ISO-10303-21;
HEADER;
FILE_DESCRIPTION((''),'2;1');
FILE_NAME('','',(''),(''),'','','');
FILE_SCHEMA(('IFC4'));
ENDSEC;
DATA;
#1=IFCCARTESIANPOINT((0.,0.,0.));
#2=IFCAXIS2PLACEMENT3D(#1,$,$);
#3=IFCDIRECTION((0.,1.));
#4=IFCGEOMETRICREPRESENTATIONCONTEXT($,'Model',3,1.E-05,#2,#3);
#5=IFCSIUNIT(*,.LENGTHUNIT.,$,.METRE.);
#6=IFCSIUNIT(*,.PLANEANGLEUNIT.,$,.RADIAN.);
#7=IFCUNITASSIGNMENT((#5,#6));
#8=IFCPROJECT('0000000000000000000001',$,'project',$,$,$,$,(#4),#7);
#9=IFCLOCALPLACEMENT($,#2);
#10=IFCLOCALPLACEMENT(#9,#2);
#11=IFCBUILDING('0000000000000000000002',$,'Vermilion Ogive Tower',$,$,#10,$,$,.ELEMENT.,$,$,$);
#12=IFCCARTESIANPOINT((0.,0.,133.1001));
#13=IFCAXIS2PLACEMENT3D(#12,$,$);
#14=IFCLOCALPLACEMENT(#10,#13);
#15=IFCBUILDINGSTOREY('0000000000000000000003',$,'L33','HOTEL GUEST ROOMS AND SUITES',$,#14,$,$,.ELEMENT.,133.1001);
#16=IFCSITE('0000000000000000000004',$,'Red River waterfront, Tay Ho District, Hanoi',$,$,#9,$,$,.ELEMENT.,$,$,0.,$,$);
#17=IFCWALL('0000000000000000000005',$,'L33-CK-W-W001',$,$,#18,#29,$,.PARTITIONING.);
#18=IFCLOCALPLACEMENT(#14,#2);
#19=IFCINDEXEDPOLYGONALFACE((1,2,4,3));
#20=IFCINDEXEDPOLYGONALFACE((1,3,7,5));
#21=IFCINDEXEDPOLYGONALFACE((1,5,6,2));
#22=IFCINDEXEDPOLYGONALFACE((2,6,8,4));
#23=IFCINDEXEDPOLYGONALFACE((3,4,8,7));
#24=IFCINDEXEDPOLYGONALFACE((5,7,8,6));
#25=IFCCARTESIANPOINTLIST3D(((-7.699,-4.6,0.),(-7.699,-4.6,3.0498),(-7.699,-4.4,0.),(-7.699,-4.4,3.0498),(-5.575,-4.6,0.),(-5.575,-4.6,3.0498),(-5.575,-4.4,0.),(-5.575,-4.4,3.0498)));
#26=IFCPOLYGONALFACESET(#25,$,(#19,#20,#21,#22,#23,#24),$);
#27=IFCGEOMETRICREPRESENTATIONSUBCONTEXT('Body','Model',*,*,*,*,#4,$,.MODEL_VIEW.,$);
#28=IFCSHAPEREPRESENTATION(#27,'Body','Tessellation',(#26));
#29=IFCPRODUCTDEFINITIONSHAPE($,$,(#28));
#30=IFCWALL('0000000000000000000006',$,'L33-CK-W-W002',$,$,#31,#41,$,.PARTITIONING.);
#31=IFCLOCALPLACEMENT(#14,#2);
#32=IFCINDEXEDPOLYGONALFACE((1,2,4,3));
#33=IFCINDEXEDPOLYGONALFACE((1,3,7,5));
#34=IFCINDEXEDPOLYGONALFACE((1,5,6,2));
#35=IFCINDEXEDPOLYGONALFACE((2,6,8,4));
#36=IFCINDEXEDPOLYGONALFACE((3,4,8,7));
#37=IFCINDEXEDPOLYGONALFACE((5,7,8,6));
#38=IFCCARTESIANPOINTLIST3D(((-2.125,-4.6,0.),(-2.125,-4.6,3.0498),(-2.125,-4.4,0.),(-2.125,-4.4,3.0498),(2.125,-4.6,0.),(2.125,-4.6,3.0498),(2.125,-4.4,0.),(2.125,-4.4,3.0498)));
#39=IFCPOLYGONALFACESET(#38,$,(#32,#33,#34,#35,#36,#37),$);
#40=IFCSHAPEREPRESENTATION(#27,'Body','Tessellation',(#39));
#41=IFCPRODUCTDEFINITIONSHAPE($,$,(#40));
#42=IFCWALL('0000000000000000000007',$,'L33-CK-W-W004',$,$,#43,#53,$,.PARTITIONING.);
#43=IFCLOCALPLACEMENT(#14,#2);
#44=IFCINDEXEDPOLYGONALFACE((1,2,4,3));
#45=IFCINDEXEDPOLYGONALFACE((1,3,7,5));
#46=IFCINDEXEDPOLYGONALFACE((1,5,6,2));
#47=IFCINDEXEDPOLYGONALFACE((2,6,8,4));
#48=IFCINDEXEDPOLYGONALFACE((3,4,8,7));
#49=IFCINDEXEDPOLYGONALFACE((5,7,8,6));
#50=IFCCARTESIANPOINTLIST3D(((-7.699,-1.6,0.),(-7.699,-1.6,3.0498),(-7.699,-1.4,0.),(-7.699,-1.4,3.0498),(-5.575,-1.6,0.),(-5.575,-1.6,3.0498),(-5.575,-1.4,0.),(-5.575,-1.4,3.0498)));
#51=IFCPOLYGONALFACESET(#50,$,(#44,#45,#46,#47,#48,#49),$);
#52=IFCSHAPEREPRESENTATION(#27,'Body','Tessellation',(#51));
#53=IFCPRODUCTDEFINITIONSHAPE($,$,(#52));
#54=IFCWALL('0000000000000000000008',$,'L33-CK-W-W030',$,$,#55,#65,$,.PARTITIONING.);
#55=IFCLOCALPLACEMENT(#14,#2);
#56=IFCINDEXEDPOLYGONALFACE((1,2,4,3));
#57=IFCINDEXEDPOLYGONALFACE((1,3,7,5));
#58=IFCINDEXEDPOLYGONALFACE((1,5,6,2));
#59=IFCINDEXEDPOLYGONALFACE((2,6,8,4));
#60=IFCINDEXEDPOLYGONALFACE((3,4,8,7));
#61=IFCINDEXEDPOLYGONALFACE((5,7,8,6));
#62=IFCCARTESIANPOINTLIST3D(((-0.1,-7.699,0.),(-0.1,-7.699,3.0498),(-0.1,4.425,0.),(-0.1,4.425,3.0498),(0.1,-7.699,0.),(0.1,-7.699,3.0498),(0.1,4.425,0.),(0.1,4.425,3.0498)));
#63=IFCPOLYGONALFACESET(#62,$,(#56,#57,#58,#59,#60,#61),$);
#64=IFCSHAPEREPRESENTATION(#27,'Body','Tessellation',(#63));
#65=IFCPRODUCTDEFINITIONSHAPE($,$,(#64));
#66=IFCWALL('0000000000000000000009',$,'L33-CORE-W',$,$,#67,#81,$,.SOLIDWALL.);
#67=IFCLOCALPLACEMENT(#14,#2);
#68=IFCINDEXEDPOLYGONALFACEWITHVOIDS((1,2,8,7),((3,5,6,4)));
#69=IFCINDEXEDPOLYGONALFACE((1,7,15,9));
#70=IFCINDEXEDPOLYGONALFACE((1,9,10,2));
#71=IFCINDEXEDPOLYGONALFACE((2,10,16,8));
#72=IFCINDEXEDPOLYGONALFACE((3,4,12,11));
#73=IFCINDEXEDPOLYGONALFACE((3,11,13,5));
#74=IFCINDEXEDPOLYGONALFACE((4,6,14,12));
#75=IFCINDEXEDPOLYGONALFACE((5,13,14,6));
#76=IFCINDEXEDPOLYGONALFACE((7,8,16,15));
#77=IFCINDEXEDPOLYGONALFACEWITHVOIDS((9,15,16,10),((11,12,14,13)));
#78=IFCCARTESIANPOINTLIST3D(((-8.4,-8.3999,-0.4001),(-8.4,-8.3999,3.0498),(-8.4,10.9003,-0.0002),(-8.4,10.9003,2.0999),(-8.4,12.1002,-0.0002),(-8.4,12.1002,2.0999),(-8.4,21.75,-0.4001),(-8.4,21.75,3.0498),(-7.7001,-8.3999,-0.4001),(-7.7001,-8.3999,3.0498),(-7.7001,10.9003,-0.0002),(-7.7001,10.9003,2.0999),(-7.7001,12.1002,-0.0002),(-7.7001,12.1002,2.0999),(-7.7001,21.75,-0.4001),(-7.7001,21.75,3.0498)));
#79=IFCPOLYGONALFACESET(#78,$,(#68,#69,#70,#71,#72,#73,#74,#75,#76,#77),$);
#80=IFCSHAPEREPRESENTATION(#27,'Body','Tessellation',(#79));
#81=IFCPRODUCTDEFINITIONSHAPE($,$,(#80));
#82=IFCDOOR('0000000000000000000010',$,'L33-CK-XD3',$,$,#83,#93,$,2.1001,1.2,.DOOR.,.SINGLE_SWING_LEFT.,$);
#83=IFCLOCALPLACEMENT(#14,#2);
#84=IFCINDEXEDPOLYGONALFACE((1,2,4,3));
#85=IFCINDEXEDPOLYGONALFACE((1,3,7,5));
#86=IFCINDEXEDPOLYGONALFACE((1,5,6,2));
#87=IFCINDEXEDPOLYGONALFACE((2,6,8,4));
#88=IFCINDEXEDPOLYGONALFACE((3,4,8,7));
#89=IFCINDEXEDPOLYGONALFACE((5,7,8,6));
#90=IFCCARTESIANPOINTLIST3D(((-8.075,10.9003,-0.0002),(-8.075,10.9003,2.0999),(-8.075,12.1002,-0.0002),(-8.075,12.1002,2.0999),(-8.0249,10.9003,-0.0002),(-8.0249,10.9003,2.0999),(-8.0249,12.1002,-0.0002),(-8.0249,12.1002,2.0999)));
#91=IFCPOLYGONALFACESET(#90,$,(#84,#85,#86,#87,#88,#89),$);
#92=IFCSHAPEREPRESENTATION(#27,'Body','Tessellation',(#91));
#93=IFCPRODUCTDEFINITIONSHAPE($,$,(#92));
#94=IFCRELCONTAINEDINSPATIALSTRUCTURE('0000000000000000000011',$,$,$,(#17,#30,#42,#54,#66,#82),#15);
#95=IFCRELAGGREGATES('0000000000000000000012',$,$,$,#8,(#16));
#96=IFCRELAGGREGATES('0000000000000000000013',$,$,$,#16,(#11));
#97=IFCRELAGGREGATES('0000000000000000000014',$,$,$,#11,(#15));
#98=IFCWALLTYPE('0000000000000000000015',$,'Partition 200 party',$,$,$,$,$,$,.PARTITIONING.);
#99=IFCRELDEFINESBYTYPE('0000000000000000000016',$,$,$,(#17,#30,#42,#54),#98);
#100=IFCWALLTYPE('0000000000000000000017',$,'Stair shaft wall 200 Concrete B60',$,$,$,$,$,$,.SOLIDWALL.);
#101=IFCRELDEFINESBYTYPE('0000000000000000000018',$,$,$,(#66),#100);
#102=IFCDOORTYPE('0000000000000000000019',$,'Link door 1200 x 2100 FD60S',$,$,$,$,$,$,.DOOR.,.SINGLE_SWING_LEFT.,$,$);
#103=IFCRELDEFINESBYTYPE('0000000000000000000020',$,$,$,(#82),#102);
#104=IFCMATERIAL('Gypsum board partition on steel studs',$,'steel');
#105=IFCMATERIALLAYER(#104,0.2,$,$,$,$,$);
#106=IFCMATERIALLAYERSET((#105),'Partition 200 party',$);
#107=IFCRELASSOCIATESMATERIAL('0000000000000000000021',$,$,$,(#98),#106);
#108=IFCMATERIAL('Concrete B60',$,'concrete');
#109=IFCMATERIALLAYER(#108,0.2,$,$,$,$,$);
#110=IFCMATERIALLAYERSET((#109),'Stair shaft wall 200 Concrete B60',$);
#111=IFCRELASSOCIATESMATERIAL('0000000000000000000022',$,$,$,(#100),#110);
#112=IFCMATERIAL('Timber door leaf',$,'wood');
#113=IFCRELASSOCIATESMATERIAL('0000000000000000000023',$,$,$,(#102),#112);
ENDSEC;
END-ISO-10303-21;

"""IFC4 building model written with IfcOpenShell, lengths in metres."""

from ifc_helpers import new_model, si_unit, direction, frame, frame_2d, origin, place, context, subcontext, project, spatial, rectangle, extrude, material, layer, layer_set, type_object, element, fill, save


model = new_model("IFC4")

# Units and contexts
model_context = context("Model", 3, precision=1e-05, world=origin(), true_north=direction((0.0, 1.0)))
body_context = subcontext(model_context, "Body", "Model", "MODEL_VIEW")
ifc_project = project(units=[si_unit("LENGTHUNIT", "METRE"), si_unit("PLANEANGLEUNIT", "RADIAN")], contexts=[model_context])

# Site, building, storey
site_placement = place(None, origin())
site = spatial("IfcSite", under=ifc_project, at=site_placement, Name="Red River waterfront, Tay Ho District, Hanoi", CompositionType="ELEMENT", RefElevation=0.0)
building_placement = place(site_placement, origin())
building = spatial("IfcBuilding", under=site, at=building_placement, Name="Vermilion Ogive Tower", CompositionType="ELEMENT")
storey_placement = place(building_placement, frame((0.0, 0.0, 133.1001)))
storey = spatial("IfcBuildingStorey", under=building, at=storey_placement, Name="L33", Description="HOTEL GUEST ROOMS AND SUITES", CompositionType="ELEMENT", Elevation=133.1001)

# Walls
ifc_material_1 = material(Name="Gypsum board partition on steel studs", Category="steel")
ifc_layer_1 = layer(ifc_material_1, 0.2)
ifc_layer_set_1 = layer_set([ifc_layer_1], Name="Partition 200 party")
wall_type_1 = type_object("IfcWallType", Name="Partition 200 party", PredefinedType="PARTITIONING", material=ifc_layer_set_1)
wall_1_placement = place(storey_placement, frame((-7.699, -4.5, 0.0), z_axis=(0.0, 0.0, 1.0), x_axis=(1.0, 0.0, 0.0)))
element("IfcWall", 1, at=wall_1_placement, inside=storey, type_object=wall_type_1, Name="L33-CK-W-W001", PredefinedType="PARTITIONING", context=body_context, shape_type="SweptSolid", body=[
    extrude(rectangle(XDim=2.124, YDim=0.2, at=frame_2d((1.062, 0.0))), origin(), (0.0, 0.0, 1.0), 3.0498),
])
wall_2_placement = place(storey_placement, frame((-2.125, -4.5, 0.0), z_axis=(0.0, 0.0, 1.0), x_axis=(1.0, 0.0, 0.0)))
element("IfcWall", 2, at=wall_2_placement, inside=storey, type_object=wall_type_1, Name="L33-CK-W-W002", PredefinedType="PARTITIONING", context=body_context, shape_type="SweptSolid", body=[
    extrude(rectangle(XDim=4.25, YDim=0.2, at=frame_2d((2.125, 0.0))), origin(), (0.0, 0.0, 1.0), 3.0498),
])
wall_3_placement = place(storey_placement, frame((-7.699, -1.5, 0.0), z_axis=(0.0, 0.0, 1.0), x_axis=(1.0, 0.0, 0.0)))
element("IfcWall", 3, at=wall_3_placement, inside=storey, type_object=wall_type_1, Name="L33-CK-W-W004", PredefinedType="PARTITIONING", context=body_context, shape_type="SweptSolid", body=[
    extrude(rectangle(XDim=2.124, YDim=0.2, at=frame_2d((1.062, 0.0))), origin(), (0.0, 0.0, 1.0), 3.0498),
])
wall_4_placement = place(storey_placement, frame((0.0, -7.699, 0.0), z_axis=(0.0, 0.0, 1.0), x_axis=(0.0, 1.0, 0.0)))
element("IfcWall", 4, at=wall_4_placement, inside=storey, type_object=wall_type_1, Name="L33-CK-W-W030", PredefinedType="PARTITIONING", context=body_context, shape_type="SweptSolid", body=[
    extrude(rectangle(XDim=12.124, YDim=0.2, at=frame_2d((6.062, 0.0))), origin(), (0.0, 0.0, 1.0), 3.0498),
])

# Wall, opening, door
ifc_material_2 = material(Name="Concrete B60", Category="concrete")
ifc_layer_2 = layer(ifc_material_2, 0.2)
ifc_layer_set_2 = layer_set([ifc_layer_2], Name="Stair shaft wall 200 Concrete B60")
wall_type_2 = type_object("IfcWallType", Name="Stair shaft wall 200 Concrete B60", PredefinedType="SOLIDWALL", material=ifc_layer_set_2)
wall_5_placement = place(storey_placement, frame((-8.05, -8.3999, -0.4001), z_axis=(0.0, 0.0, 1.0), x_axis=(0.0, 1.0, 0.0)))
wall_5 = element("IfcWall", 5, at=wall_5_placement, inside=storey, type_object=wall_type_2, Name="L33-CORE-W", PredefinedType="SOLIDWALL", context=body_context, shape_type="SweptSolid", body=[
    extrude(rectangle(XDim=30.1499, YDim=0.7, at=frame_2d((15.075, 0.0))), origin(), (0.0, 0.0, 1.0), 3.45),
])
opening_1_placement = place(wall_5_placement, frame((19.3, 0.0, 0.3999)))
opening_1 = element("IfcOpeningElement", 6, at=opening_1_placement, cuts=wall_5, PredefinedType="OPENING", context=body_context, shape_type="SweptSolid", body=[
    extrude(rectangle(XDim=1.2, YDim=2.1001, at=frame_2d((0.6001, 1.05))), frame((0.0, 0.3599, 0.0), z_axis=(0.0, -1.0, 0.0), x_axis=(1.0, 0.0, 0.0)), (0.0, 0.0, 1.0), 0.72),
])
ifc_material_3 = material(Name="Timber door leaf", Category="wood")
door_type_1 = type_object("IfcDoorType", Name="Link door 1200 x 2100 FD60S", OperationType="SINGLE_SWING_LEFT", PredefinedType="DOOR", material=ifc_material_3)
door_1_placement = place(opening_1_placement, origin())
door_1 = element("IfcDoor", 7, at=door_1_placement, inside=storey, type_object=door_type_1, Name="L33-CK-XD3", OperationType="SINGLE_SWING_LEFT", OverallHeight=2.1001, OverallWidth=1.2, PredefinedType="DOOR", context=body_context, shape_type="SweptSolid", body=[
    extrude(rectangle(XDim=1.2, YDim=2.1001, at=frame_2d((0.6001, 1.05))), frame((0.0, 0.0249, 0.0), z_axis=(0.0, -1.0, 0.0), x_axis=(1.0, 0.0, 0.0)), (0.0, 0.0, 1.0), 0.05),
])
fill(opening_1, door_1)

save(model, "model.ifc")
